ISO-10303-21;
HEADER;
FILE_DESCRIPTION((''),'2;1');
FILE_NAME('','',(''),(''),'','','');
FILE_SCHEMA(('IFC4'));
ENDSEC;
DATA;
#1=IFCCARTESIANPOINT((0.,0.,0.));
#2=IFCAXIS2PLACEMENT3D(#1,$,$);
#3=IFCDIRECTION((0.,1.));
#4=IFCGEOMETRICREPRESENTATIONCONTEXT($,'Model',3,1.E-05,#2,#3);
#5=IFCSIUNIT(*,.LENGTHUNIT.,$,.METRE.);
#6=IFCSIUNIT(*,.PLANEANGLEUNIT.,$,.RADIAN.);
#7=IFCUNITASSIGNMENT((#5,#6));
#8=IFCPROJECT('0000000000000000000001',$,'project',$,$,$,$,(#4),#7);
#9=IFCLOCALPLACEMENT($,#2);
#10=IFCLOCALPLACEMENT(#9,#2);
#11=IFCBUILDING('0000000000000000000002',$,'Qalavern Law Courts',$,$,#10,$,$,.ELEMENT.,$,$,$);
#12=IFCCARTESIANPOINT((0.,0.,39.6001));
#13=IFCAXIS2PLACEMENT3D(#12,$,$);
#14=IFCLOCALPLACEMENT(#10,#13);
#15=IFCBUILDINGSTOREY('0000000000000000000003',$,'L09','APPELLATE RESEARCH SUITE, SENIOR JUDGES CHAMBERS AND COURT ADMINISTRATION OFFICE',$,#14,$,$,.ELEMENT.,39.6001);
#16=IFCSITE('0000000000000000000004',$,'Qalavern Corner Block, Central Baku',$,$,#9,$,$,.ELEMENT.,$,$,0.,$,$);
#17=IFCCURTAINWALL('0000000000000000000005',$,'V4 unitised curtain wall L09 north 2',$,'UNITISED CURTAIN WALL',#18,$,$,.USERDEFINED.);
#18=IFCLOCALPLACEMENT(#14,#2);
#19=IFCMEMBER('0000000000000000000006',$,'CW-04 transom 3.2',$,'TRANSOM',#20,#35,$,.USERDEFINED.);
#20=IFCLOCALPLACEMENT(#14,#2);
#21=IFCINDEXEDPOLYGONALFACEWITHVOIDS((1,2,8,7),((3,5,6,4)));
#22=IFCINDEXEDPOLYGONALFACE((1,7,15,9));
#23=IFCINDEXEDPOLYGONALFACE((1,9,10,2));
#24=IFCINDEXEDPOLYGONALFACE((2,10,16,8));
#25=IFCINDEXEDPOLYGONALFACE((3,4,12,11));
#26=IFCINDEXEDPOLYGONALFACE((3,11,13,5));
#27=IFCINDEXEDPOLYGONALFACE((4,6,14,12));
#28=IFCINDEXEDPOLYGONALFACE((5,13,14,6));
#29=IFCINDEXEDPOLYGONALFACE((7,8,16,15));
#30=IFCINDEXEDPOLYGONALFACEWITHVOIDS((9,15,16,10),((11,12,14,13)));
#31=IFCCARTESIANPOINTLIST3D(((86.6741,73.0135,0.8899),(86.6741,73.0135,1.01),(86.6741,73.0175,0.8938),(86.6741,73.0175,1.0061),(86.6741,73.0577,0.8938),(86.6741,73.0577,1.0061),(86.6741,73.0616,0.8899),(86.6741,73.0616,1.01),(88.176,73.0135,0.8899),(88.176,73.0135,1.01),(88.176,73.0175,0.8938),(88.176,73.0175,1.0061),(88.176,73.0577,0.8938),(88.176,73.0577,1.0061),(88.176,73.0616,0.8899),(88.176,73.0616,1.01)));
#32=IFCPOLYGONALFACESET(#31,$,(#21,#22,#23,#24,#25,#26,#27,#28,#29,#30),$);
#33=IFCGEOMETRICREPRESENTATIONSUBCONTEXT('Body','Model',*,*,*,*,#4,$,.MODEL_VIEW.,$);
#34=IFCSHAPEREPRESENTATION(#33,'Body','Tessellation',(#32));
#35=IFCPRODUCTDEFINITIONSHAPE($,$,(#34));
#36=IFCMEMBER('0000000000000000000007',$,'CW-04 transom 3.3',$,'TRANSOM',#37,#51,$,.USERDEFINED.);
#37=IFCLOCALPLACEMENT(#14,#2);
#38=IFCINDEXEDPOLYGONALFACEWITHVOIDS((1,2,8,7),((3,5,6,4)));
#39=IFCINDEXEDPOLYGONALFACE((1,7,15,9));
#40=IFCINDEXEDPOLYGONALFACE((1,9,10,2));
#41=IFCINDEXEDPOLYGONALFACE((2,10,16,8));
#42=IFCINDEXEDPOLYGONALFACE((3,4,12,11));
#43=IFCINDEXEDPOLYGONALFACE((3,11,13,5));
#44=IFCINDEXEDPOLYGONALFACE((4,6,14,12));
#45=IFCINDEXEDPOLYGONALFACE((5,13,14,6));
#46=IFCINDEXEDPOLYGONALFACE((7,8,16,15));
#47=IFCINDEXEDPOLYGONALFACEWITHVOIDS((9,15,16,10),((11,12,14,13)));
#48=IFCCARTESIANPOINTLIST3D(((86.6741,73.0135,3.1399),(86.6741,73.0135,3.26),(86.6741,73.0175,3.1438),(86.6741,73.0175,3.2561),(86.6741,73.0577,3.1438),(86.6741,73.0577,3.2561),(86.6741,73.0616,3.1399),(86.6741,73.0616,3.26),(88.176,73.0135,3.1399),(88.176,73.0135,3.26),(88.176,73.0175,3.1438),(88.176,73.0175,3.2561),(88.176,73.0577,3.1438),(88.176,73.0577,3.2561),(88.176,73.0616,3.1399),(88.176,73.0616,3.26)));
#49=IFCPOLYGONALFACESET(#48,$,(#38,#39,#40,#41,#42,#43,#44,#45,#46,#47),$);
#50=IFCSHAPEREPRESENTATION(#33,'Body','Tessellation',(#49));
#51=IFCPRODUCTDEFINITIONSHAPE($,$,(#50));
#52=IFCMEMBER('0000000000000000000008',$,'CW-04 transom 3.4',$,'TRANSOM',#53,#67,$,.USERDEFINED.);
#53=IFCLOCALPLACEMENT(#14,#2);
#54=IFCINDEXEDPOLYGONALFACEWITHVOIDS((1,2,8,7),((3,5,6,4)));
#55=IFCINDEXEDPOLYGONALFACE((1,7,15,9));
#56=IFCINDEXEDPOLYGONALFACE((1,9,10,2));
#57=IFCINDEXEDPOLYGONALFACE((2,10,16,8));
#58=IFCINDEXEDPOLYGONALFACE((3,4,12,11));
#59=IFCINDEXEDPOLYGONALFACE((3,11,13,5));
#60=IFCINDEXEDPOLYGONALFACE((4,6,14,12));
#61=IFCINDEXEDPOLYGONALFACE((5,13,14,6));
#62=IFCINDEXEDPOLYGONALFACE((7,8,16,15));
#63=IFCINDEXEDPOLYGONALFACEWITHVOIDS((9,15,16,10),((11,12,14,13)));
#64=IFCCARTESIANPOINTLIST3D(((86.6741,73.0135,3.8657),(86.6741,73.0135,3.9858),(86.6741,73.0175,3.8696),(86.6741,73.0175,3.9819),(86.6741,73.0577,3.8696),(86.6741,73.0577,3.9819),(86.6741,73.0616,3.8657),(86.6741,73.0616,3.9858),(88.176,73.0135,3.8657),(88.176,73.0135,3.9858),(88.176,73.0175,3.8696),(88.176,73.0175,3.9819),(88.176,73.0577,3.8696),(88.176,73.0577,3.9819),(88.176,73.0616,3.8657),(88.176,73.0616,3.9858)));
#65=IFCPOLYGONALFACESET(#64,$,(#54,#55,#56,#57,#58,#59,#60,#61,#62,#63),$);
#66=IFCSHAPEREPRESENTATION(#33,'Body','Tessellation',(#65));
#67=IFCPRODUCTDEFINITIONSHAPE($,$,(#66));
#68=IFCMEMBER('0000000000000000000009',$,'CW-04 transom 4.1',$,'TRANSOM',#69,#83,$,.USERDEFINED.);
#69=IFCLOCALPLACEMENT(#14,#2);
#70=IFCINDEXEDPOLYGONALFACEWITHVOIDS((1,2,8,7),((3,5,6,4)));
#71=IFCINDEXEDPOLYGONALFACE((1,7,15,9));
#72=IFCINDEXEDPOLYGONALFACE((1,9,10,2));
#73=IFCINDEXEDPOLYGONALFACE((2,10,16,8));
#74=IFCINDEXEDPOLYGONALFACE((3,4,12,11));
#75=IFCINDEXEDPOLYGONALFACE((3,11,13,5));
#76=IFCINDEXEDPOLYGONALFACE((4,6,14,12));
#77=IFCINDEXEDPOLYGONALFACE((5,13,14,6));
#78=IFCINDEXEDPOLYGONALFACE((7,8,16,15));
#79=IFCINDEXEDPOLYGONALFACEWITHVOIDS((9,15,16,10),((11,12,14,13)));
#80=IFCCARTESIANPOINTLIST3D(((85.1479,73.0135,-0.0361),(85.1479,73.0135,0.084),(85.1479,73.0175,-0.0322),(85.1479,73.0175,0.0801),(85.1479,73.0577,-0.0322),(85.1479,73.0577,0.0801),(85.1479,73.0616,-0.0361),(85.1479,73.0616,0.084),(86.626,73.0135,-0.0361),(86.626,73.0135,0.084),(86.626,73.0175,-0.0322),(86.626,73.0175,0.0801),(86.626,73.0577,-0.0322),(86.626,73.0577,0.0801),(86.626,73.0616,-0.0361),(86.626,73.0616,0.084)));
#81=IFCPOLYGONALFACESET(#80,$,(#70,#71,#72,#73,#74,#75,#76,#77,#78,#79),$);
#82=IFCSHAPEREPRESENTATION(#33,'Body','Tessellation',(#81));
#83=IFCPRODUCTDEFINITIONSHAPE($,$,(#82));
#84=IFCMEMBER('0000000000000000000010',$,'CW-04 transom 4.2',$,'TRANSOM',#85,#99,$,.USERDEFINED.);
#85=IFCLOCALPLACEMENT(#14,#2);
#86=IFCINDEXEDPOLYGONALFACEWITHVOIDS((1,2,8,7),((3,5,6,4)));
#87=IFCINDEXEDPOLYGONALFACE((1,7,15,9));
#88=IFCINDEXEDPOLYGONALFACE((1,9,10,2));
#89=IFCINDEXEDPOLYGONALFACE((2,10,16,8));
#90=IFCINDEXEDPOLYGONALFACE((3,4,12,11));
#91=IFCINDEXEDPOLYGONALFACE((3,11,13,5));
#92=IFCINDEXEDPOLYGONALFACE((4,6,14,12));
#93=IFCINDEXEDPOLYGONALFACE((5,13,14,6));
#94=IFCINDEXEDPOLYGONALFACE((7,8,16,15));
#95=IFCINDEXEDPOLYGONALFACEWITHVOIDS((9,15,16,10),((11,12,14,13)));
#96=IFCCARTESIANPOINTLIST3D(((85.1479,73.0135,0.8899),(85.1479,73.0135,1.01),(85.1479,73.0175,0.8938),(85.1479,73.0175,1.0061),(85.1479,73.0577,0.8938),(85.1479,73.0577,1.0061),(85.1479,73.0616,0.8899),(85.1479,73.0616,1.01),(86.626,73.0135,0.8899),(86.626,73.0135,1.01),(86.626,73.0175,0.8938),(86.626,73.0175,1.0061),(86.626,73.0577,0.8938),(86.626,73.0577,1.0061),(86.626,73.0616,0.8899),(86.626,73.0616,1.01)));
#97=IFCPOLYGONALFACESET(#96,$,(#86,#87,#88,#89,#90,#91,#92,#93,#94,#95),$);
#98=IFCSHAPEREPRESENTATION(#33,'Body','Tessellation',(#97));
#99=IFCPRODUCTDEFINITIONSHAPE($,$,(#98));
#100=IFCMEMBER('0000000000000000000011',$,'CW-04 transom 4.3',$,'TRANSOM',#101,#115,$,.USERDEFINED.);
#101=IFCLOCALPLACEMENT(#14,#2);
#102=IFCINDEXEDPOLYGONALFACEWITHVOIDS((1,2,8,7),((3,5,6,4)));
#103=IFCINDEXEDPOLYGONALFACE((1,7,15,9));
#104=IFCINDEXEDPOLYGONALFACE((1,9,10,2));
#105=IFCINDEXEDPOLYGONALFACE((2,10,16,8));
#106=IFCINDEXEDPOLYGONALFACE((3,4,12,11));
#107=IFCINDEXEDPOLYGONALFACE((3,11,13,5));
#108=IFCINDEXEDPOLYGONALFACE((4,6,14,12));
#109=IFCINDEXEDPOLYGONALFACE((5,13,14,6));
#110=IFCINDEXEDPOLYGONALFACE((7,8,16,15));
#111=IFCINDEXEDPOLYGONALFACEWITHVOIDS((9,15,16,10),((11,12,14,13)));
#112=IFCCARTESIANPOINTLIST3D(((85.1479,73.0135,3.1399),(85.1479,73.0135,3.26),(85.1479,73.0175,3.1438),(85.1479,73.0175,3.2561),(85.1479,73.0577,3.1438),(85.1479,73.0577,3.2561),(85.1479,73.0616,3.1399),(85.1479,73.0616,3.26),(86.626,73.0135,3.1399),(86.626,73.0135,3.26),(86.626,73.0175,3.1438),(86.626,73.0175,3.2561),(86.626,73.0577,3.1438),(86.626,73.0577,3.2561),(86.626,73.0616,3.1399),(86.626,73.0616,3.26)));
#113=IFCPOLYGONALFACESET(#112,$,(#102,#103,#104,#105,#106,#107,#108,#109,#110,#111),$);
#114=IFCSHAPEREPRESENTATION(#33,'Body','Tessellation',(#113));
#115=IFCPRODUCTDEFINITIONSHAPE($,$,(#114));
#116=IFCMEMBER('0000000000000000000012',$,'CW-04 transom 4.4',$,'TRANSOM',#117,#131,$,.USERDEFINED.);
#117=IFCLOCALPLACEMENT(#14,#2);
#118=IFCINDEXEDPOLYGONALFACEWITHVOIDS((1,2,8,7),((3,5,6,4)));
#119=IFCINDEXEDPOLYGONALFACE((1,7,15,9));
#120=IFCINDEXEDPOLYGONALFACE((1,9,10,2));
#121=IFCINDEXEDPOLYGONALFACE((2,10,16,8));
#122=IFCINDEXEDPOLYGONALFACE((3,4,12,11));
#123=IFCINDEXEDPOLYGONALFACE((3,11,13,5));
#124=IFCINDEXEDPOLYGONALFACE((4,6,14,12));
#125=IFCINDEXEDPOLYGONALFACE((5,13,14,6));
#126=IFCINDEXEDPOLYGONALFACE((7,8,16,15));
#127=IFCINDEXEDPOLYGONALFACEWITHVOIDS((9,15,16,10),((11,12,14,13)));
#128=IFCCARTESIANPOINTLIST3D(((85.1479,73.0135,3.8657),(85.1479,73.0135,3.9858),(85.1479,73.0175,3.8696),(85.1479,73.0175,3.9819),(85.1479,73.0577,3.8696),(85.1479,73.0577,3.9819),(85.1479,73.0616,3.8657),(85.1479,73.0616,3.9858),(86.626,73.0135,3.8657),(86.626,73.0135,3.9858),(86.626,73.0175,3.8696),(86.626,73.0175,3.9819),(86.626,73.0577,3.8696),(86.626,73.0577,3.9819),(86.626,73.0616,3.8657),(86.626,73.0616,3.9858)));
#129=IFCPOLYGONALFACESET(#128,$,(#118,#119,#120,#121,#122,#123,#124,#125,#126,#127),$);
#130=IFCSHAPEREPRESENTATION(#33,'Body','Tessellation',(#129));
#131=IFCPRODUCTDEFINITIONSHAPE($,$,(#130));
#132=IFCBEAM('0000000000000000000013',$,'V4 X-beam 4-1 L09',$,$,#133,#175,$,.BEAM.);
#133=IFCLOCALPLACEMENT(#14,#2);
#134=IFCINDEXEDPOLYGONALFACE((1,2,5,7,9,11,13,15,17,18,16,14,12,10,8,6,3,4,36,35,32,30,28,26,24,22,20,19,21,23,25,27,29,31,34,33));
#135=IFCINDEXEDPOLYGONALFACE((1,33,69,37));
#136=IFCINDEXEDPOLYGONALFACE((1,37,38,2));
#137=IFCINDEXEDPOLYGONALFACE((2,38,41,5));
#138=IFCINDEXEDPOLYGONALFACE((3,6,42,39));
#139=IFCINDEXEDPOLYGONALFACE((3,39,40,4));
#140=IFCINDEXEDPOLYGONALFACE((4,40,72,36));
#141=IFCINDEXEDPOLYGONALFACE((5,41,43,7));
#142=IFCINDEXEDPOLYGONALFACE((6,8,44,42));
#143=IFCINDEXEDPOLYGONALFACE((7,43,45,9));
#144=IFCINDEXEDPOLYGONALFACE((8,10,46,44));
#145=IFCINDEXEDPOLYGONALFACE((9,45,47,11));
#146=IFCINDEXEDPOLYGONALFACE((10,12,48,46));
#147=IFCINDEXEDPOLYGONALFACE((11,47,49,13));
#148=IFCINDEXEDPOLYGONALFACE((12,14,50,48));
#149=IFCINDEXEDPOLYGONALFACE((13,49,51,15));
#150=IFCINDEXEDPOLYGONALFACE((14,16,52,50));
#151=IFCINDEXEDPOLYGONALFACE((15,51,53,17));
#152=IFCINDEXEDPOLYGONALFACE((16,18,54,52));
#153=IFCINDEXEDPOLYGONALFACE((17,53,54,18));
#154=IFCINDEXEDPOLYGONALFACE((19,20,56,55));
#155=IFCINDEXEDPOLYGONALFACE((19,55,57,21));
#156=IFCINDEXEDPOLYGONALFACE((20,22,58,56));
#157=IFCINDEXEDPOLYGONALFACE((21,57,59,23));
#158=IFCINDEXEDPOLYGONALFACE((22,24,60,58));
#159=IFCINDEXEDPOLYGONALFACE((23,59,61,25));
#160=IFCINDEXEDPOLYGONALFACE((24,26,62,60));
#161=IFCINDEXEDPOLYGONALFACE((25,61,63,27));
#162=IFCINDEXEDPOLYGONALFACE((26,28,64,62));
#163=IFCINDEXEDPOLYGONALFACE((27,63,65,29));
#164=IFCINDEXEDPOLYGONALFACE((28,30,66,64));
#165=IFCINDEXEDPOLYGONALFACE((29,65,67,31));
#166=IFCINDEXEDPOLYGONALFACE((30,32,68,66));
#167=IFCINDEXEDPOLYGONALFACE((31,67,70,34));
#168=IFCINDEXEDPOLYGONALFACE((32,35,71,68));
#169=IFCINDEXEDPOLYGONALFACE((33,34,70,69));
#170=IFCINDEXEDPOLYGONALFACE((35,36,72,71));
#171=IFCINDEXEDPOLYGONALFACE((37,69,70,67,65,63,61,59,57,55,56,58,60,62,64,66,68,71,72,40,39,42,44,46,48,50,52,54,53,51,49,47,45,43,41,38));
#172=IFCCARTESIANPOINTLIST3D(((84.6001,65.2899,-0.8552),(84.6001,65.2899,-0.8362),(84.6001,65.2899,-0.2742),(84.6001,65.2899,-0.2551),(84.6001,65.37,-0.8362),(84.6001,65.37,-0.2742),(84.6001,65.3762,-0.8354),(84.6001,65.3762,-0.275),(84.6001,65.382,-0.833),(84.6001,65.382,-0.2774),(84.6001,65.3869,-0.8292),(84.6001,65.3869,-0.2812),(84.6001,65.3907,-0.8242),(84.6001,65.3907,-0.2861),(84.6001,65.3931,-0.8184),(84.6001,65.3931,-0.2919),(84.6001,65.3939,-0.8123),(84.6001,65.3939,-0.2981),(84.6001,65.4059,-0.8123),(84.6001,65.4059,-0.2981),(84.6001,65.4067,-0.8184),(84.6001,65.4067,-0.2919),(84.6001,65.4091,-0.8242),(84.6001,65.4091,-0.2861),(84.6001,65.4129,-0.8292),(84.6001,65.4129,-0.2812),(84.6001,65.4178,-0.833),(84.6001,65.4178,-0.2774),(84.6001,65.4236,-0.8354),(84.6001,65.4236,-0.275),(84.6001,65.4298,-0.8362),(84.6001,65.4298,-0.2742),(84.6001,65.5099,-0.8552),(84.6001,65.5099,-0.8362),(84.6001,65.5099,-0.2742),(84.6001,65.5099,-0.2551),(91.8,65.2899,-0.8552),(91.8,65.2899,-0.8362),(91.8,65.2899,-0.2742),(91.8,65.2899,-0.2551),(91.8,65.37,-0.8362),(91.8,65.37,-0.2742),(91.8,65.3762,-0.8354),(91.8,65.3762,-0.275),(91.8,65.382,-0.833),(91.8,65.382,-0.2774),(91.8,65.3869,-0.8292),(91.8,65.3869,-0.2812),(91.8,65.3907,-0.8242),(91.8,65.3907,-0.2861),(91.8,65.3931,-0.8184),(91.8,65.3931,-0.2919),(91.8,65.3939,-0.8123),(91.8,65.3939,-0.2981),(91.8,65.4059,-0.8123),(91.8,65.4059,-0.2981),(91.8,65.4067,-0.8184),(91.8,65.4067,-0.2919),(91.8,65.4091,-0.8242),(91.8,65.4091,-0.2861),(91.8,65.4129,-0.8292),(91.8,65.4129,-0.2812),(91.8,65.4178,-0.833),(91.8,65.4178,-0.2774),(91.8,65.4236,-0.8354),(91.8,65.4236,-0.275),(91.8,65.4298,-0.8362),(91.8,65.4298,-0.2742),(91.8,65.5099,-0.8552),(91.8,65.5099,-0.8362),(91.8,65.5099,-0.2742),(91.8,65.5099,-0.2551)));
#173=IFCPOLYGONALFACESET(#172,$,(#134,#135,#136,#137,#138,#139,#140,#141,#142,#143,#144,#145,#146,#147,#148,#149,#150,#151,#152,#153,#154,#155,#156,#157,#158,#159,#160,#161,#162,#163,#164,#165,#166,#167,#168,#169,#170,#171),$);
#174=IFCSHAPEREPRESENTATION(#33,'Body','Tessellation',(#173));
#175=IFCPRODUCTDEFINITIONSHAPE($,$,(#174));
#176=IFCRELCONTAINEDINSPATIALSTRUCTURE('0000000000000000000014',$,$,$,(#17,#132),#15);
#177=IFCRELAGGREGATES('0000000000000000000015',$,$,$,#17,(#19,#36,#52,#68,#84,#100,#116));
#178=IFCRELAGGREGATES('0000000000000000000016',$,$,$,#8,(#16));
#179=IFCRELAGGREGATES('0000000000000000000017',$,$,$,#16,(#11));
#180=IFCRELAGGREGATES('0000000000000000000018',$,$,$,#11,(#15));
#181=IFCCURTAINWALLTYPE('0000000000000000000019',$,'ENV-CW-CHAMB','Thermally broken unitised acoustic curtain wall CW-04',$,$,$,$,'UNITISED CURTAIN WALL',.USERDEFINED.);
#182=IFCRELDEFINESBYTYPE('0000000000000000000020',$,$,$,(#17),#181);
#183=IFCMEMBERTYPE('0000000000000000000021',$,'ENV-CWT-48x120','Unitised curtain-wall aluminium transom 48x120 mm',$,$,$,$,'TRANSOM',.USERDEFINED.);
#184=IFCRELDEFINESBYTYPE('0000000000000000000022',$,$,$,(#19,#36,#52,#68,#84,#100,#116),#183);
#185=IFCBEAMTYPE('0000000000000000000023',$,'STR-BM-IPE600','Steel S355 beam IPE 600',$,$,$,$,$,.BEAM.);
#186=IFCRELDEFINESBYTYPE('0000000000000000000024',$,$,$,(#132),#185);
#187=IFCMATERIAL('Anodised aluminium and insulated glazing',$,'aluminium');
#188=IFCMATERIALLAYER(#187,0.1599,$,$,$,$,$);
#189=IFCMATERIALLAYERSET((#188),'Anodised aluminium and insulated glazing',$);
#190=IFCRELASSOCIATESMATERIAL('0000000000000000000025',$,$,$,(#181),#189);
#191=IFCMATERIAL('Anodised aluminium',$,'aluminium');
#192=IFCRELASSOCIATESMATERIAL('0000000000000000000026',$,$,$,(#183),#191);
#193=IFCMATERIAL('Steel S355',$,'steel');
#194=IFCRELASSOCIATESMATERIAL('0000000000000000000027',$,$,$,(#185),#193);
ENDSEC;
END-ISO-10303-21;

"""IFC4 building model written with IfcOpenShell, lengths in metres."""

from ifc_helpers import new_model, si_unit, direction, frame, origin, origin_2d, place, context, subcontext, project, spatial, hollow_rectangle, i_section, extrude, material, layer, layer_set, material_profile, profile_set, type_object, element, aggregate, save


model = new_model("IFC4")

# Units and contexts
model_context = context("Model", 3, precision=1e-05, world=origin(), true_north=direction((0.0, 1.0)))
body_context = subcontext(model_context, "Body", "Model", "MODEL_VIEW")
ifc_project = project(units=[si_unit("LENGTHUNIT", "METRE"), si_unit("PLANEANGLEUNIT", "RADIAN")], contexts=[model_context])

# Site, building, storey
site_placement = place(None, origin())
site = spatial("IfcSite", under=ifc_project, at=site_placement, Name="Qalavern Corner Block, Central Baku", CompositionType="ELEMENT", RefElevation=0.0)
building_placement = place(site_placement, origin())
building = spatial("IfcBuilding", under=site, at=building_placement, Name="Qalavern Law Courts", CompositionType="ELEMENT")
storey_placement = place(building_placement, frame((0.0, 0.0, 39.6001)))
storey = spatial("IfcBuildingStorey", under=building, at=storey_placement, Name="L09", Description="APPELLATE RESEARCH SUITE, SENIOR JUDGES CHAMBERS AND COURT ADMINISTRATION OFFICE", CompositionType="ELEMENT", Elevation=39.6001)

# Curtain wall, members
ifc_material_1 = material(Name="Anodised aluminium and insulated glazing", Category="aluminium")
ifc_layer_1 = layer(ifc_material_1, 0.1599)
ifc_layer_set_1 = layer_set([ifc_layer_1], Name="Anodised aluminium and insulated glazing")
curtain_wall_type = type_object("IfcCurtainWallType", Name="ENV-CW-CHAMB", Description="Thermally broken unitised acoustic curtain wall CW-04", ElementType="UNITISED CURTAIN WALL", PredefinedType="USERDEFINED", material=ifc_layer_set_1)
curtain_wall_placement = place(storey_placement, origin())
curtain_wall = element("IfcCurtainWall", 1, at=curtain_wall_placement, inside=storey, type_object=curtain_wall_type, Name="V4 unitised curtain wall L09 north 2", ObjectType="UNITISED CURTAIN WALL", PredefinedType="USERDEFINED")
ifc_material_2 = material(Name="Anodised aluminium", Category="aluminium")
ifc_material_profile_1 = material_profile(ifc_material_2, hollow_rectangle(XDim=0.0481, YDim=0.1201, WallThickness=0.0039, at=origin_2d()), Name="ALU TRANSOM 48x120")
ifc_profile_set_1 = profile_set([ifc_material_profile_1], Name="Anodised aluminium")
member_type_1 = type_object("IfcMemberType", Name="ENV-CWT-48x120", Description="Unitised curtain-wall aluminium transom 48x120 mm", ElementType="TRANSOM", PredefinedType="USERDEFINED", material=ifc_profile_set_1)
member_1_placement = place(storey_placement, frame((88.176, 73.0376, 0.95), z_axis=(-1.0, 0.0, 0.0), x_axis=(0.0, -1.0, 0.0)))
member_1 = element("IfcMember", 2, at=member_1_placement, type_object=member_type_1, Name="CW-04 transom 3.2", ObjectType="TRANSOM", PredefinedType="USERDEFINED", context=body_context, shape_type="SweptSolid", body=[
    extrude(hollow_rectangle(XDim=0.0481, YDim=0.1201, WallThickness=0.0039, at=origin_2d()), origin(), (0.0, 0.0, 1.0), 1.502),
])
member_2_placement = place(storey_placement, frame((88.176, 73.0376, 3.2), z_axis=(-1.0, 0.0, 0.0), x_axis=(0.0, -1.0, 0.0)))
member_2 = element("IfcMember", 3, at=member_2_placement, type_object=member_type_1, Name="CW-04 transom 3.3", ObjectType="TRANSOM", PredefinedType="USERDEFINED", context=body_context, shape_type="SweptSolid", body=[
    extrude(hollow_rectangle(XDim=0.0481, YDim=0.1201, WallThickness=0.0039, at=origin_2d()), origin(), (0.0, 0.0, 1.0), 1.502),
])
member_3_placement = place(storey_placement, frame((88.176, 73.0376, 3.9258), z_axis=(-1.0, 0.0, 0.0), x_axis=(0.0, -1.0, 0.0)))
member_3 = element("IfcMember", 4, at=member_3_placement, type_object=member_type_1, Name="CW-04 transom 3.4", ObjectType="TRANSOM", PredefinedType="USERDEFINED", context=body_context, shape_type="SweptSolid", body=[
    extrude(hollow_rectangle(XDim=0.0481, YDim=0.1201, WallThickness=0.0039, at=origin_2d()), origin(), (0.0, 0.0, 1.0), 1.502),
])
member_4_placement = place(storey_placement, frame((86.626, 73.0376, 0.0239), z_axis=(-1.0, 0.0, 0.0), x_axis=(0.0, -1.0, 0.0)))
member_4 = element("IfcMember", 5, at=member_4_placement, type_object=member_type_1, Name="CW-04 transom 4.1", ObjectType="TRANSOM", PredefinedType="USERDEFINED", context=body_context, shape_type="SweptSolid", body=[
    extrude(hollow_rectangle(XDim=0.0481, YDim=0.1201, WallThickness=0.0039, at=origin_2d()), origin(), (0.0, 0.0, 1.0), 1.478),
])
member_5_placement = place(storey_placement, frame((86.626, 73.0376, 0.95), z_axis=(-1.0, 0.0, 0.0), x_axis=(0.0, -1.0, 0.0)))
member_5 = element("IfcMember", 6, at=member_5_placement, type_object=member_type_1, Name="CW-04 transom 4.2", ObjectType="TRANSOM", PredefinedType="USERDEFINED", context=body_context, shape_type="SweptSolid", body=[
    extrude(hollow_rectangle(XDim=0.0481, YDim=0.1201, WallThickness=0.0039, at=origin_2d()), origin(), (0.0, 0.0, 1.0), 1.478),
])
member_6_placement = place(storey_placement, frame((86.626, 73.0376, 3.2), z_axis=(-1.0, 0.0, 0.0), x_axis=(0.0, -1.0, 0.0)))
member_6 = element("IfcMember", 7, at=member_6_placement, type_object=member_type_1, Name="CW-04 transom 4.3", ObjectType="TRANSOM", PredefinedType="USERDEFINED", context=body_context, shape_type="SweptSolid", body=[
    extrude(hollow_rectangle(XDim=0.0481, YDim=0.1201, WallThickness=0.0039, at=origin_2d()), origin(), (0.0, 0.0, 1.0), 1.478),
])
member_7_placement = place(storey_placement, frame((86.626, 73.0376, 3.9258), z_axis=(-1.0, 0.0, 0.0), x_axis=(0.0, -1.0, 0.0)))
member_7 = element("IfcMember", 8, at=member_7_placement, type_object=member_type_1, Name="CW-04 transom 4.4", ObjectType="TRANSOM", PredefinedType="USERDEFINED", context=body_context, shape_type="SweptSolid", body=[
    extrude(hollow_rectangle(XDim=0.0481, YDim=0.1201, WallThickness=0.0039, at=origin_2d()), origin(), (0.0, 0.0, 1.0), 1.478),
])

# Beam
ifc_material_3 = material(Name="Steel S355", Category="steel")
ifc_material_profile_2 = material_profile(ifc_material_3, i_section(OverallWidth=0.22, OverallDepth=0.6001, WebThickness=0.012, FlangeThickness=0.019, FilletRadius=0.0239, at=origin_2d()), Name="IPE 600")
ifc_profile_set_2 = profile_set([ifc_material_profile_2], Name="Steel S355")
beam_type_1 = type_object("IfcBeamType", Name="STR-BM-IPE600", Description="Steel S355 beam IPE 600", PredefinedType="BEAM", material=ifc_profile_set_2)
beam_1_placement = place(storey_placement, frame((84.6001, 65.3999, -0.5552), z_axis=(1.0, 0.0, 0.0), x_axis=(0.0, 1.0, 0.0)))
element("IfcBeam", 9, at=beam_1_placement, inside=storey, type_object=beam_type_1, Name="V4 X-beam 4-1 L09", PredefinedType="BEAM", context=body_context, shape_type="SweptSolid", body=[
    extrude(i_section(OverallWidth=0.22, OverallDepth=0.6001, WebThickness=0.012, FlangeThickness=0.019, FilletRadius=0.0239, at=origin_2d()), origin(), (0.0, 0.0, 1.0), 7.2),
])

aggregate(curtain_wall, [member_1, member_2, member_3, member_4, member_5, member_6, member_7])

save(model, "model.ifc")
